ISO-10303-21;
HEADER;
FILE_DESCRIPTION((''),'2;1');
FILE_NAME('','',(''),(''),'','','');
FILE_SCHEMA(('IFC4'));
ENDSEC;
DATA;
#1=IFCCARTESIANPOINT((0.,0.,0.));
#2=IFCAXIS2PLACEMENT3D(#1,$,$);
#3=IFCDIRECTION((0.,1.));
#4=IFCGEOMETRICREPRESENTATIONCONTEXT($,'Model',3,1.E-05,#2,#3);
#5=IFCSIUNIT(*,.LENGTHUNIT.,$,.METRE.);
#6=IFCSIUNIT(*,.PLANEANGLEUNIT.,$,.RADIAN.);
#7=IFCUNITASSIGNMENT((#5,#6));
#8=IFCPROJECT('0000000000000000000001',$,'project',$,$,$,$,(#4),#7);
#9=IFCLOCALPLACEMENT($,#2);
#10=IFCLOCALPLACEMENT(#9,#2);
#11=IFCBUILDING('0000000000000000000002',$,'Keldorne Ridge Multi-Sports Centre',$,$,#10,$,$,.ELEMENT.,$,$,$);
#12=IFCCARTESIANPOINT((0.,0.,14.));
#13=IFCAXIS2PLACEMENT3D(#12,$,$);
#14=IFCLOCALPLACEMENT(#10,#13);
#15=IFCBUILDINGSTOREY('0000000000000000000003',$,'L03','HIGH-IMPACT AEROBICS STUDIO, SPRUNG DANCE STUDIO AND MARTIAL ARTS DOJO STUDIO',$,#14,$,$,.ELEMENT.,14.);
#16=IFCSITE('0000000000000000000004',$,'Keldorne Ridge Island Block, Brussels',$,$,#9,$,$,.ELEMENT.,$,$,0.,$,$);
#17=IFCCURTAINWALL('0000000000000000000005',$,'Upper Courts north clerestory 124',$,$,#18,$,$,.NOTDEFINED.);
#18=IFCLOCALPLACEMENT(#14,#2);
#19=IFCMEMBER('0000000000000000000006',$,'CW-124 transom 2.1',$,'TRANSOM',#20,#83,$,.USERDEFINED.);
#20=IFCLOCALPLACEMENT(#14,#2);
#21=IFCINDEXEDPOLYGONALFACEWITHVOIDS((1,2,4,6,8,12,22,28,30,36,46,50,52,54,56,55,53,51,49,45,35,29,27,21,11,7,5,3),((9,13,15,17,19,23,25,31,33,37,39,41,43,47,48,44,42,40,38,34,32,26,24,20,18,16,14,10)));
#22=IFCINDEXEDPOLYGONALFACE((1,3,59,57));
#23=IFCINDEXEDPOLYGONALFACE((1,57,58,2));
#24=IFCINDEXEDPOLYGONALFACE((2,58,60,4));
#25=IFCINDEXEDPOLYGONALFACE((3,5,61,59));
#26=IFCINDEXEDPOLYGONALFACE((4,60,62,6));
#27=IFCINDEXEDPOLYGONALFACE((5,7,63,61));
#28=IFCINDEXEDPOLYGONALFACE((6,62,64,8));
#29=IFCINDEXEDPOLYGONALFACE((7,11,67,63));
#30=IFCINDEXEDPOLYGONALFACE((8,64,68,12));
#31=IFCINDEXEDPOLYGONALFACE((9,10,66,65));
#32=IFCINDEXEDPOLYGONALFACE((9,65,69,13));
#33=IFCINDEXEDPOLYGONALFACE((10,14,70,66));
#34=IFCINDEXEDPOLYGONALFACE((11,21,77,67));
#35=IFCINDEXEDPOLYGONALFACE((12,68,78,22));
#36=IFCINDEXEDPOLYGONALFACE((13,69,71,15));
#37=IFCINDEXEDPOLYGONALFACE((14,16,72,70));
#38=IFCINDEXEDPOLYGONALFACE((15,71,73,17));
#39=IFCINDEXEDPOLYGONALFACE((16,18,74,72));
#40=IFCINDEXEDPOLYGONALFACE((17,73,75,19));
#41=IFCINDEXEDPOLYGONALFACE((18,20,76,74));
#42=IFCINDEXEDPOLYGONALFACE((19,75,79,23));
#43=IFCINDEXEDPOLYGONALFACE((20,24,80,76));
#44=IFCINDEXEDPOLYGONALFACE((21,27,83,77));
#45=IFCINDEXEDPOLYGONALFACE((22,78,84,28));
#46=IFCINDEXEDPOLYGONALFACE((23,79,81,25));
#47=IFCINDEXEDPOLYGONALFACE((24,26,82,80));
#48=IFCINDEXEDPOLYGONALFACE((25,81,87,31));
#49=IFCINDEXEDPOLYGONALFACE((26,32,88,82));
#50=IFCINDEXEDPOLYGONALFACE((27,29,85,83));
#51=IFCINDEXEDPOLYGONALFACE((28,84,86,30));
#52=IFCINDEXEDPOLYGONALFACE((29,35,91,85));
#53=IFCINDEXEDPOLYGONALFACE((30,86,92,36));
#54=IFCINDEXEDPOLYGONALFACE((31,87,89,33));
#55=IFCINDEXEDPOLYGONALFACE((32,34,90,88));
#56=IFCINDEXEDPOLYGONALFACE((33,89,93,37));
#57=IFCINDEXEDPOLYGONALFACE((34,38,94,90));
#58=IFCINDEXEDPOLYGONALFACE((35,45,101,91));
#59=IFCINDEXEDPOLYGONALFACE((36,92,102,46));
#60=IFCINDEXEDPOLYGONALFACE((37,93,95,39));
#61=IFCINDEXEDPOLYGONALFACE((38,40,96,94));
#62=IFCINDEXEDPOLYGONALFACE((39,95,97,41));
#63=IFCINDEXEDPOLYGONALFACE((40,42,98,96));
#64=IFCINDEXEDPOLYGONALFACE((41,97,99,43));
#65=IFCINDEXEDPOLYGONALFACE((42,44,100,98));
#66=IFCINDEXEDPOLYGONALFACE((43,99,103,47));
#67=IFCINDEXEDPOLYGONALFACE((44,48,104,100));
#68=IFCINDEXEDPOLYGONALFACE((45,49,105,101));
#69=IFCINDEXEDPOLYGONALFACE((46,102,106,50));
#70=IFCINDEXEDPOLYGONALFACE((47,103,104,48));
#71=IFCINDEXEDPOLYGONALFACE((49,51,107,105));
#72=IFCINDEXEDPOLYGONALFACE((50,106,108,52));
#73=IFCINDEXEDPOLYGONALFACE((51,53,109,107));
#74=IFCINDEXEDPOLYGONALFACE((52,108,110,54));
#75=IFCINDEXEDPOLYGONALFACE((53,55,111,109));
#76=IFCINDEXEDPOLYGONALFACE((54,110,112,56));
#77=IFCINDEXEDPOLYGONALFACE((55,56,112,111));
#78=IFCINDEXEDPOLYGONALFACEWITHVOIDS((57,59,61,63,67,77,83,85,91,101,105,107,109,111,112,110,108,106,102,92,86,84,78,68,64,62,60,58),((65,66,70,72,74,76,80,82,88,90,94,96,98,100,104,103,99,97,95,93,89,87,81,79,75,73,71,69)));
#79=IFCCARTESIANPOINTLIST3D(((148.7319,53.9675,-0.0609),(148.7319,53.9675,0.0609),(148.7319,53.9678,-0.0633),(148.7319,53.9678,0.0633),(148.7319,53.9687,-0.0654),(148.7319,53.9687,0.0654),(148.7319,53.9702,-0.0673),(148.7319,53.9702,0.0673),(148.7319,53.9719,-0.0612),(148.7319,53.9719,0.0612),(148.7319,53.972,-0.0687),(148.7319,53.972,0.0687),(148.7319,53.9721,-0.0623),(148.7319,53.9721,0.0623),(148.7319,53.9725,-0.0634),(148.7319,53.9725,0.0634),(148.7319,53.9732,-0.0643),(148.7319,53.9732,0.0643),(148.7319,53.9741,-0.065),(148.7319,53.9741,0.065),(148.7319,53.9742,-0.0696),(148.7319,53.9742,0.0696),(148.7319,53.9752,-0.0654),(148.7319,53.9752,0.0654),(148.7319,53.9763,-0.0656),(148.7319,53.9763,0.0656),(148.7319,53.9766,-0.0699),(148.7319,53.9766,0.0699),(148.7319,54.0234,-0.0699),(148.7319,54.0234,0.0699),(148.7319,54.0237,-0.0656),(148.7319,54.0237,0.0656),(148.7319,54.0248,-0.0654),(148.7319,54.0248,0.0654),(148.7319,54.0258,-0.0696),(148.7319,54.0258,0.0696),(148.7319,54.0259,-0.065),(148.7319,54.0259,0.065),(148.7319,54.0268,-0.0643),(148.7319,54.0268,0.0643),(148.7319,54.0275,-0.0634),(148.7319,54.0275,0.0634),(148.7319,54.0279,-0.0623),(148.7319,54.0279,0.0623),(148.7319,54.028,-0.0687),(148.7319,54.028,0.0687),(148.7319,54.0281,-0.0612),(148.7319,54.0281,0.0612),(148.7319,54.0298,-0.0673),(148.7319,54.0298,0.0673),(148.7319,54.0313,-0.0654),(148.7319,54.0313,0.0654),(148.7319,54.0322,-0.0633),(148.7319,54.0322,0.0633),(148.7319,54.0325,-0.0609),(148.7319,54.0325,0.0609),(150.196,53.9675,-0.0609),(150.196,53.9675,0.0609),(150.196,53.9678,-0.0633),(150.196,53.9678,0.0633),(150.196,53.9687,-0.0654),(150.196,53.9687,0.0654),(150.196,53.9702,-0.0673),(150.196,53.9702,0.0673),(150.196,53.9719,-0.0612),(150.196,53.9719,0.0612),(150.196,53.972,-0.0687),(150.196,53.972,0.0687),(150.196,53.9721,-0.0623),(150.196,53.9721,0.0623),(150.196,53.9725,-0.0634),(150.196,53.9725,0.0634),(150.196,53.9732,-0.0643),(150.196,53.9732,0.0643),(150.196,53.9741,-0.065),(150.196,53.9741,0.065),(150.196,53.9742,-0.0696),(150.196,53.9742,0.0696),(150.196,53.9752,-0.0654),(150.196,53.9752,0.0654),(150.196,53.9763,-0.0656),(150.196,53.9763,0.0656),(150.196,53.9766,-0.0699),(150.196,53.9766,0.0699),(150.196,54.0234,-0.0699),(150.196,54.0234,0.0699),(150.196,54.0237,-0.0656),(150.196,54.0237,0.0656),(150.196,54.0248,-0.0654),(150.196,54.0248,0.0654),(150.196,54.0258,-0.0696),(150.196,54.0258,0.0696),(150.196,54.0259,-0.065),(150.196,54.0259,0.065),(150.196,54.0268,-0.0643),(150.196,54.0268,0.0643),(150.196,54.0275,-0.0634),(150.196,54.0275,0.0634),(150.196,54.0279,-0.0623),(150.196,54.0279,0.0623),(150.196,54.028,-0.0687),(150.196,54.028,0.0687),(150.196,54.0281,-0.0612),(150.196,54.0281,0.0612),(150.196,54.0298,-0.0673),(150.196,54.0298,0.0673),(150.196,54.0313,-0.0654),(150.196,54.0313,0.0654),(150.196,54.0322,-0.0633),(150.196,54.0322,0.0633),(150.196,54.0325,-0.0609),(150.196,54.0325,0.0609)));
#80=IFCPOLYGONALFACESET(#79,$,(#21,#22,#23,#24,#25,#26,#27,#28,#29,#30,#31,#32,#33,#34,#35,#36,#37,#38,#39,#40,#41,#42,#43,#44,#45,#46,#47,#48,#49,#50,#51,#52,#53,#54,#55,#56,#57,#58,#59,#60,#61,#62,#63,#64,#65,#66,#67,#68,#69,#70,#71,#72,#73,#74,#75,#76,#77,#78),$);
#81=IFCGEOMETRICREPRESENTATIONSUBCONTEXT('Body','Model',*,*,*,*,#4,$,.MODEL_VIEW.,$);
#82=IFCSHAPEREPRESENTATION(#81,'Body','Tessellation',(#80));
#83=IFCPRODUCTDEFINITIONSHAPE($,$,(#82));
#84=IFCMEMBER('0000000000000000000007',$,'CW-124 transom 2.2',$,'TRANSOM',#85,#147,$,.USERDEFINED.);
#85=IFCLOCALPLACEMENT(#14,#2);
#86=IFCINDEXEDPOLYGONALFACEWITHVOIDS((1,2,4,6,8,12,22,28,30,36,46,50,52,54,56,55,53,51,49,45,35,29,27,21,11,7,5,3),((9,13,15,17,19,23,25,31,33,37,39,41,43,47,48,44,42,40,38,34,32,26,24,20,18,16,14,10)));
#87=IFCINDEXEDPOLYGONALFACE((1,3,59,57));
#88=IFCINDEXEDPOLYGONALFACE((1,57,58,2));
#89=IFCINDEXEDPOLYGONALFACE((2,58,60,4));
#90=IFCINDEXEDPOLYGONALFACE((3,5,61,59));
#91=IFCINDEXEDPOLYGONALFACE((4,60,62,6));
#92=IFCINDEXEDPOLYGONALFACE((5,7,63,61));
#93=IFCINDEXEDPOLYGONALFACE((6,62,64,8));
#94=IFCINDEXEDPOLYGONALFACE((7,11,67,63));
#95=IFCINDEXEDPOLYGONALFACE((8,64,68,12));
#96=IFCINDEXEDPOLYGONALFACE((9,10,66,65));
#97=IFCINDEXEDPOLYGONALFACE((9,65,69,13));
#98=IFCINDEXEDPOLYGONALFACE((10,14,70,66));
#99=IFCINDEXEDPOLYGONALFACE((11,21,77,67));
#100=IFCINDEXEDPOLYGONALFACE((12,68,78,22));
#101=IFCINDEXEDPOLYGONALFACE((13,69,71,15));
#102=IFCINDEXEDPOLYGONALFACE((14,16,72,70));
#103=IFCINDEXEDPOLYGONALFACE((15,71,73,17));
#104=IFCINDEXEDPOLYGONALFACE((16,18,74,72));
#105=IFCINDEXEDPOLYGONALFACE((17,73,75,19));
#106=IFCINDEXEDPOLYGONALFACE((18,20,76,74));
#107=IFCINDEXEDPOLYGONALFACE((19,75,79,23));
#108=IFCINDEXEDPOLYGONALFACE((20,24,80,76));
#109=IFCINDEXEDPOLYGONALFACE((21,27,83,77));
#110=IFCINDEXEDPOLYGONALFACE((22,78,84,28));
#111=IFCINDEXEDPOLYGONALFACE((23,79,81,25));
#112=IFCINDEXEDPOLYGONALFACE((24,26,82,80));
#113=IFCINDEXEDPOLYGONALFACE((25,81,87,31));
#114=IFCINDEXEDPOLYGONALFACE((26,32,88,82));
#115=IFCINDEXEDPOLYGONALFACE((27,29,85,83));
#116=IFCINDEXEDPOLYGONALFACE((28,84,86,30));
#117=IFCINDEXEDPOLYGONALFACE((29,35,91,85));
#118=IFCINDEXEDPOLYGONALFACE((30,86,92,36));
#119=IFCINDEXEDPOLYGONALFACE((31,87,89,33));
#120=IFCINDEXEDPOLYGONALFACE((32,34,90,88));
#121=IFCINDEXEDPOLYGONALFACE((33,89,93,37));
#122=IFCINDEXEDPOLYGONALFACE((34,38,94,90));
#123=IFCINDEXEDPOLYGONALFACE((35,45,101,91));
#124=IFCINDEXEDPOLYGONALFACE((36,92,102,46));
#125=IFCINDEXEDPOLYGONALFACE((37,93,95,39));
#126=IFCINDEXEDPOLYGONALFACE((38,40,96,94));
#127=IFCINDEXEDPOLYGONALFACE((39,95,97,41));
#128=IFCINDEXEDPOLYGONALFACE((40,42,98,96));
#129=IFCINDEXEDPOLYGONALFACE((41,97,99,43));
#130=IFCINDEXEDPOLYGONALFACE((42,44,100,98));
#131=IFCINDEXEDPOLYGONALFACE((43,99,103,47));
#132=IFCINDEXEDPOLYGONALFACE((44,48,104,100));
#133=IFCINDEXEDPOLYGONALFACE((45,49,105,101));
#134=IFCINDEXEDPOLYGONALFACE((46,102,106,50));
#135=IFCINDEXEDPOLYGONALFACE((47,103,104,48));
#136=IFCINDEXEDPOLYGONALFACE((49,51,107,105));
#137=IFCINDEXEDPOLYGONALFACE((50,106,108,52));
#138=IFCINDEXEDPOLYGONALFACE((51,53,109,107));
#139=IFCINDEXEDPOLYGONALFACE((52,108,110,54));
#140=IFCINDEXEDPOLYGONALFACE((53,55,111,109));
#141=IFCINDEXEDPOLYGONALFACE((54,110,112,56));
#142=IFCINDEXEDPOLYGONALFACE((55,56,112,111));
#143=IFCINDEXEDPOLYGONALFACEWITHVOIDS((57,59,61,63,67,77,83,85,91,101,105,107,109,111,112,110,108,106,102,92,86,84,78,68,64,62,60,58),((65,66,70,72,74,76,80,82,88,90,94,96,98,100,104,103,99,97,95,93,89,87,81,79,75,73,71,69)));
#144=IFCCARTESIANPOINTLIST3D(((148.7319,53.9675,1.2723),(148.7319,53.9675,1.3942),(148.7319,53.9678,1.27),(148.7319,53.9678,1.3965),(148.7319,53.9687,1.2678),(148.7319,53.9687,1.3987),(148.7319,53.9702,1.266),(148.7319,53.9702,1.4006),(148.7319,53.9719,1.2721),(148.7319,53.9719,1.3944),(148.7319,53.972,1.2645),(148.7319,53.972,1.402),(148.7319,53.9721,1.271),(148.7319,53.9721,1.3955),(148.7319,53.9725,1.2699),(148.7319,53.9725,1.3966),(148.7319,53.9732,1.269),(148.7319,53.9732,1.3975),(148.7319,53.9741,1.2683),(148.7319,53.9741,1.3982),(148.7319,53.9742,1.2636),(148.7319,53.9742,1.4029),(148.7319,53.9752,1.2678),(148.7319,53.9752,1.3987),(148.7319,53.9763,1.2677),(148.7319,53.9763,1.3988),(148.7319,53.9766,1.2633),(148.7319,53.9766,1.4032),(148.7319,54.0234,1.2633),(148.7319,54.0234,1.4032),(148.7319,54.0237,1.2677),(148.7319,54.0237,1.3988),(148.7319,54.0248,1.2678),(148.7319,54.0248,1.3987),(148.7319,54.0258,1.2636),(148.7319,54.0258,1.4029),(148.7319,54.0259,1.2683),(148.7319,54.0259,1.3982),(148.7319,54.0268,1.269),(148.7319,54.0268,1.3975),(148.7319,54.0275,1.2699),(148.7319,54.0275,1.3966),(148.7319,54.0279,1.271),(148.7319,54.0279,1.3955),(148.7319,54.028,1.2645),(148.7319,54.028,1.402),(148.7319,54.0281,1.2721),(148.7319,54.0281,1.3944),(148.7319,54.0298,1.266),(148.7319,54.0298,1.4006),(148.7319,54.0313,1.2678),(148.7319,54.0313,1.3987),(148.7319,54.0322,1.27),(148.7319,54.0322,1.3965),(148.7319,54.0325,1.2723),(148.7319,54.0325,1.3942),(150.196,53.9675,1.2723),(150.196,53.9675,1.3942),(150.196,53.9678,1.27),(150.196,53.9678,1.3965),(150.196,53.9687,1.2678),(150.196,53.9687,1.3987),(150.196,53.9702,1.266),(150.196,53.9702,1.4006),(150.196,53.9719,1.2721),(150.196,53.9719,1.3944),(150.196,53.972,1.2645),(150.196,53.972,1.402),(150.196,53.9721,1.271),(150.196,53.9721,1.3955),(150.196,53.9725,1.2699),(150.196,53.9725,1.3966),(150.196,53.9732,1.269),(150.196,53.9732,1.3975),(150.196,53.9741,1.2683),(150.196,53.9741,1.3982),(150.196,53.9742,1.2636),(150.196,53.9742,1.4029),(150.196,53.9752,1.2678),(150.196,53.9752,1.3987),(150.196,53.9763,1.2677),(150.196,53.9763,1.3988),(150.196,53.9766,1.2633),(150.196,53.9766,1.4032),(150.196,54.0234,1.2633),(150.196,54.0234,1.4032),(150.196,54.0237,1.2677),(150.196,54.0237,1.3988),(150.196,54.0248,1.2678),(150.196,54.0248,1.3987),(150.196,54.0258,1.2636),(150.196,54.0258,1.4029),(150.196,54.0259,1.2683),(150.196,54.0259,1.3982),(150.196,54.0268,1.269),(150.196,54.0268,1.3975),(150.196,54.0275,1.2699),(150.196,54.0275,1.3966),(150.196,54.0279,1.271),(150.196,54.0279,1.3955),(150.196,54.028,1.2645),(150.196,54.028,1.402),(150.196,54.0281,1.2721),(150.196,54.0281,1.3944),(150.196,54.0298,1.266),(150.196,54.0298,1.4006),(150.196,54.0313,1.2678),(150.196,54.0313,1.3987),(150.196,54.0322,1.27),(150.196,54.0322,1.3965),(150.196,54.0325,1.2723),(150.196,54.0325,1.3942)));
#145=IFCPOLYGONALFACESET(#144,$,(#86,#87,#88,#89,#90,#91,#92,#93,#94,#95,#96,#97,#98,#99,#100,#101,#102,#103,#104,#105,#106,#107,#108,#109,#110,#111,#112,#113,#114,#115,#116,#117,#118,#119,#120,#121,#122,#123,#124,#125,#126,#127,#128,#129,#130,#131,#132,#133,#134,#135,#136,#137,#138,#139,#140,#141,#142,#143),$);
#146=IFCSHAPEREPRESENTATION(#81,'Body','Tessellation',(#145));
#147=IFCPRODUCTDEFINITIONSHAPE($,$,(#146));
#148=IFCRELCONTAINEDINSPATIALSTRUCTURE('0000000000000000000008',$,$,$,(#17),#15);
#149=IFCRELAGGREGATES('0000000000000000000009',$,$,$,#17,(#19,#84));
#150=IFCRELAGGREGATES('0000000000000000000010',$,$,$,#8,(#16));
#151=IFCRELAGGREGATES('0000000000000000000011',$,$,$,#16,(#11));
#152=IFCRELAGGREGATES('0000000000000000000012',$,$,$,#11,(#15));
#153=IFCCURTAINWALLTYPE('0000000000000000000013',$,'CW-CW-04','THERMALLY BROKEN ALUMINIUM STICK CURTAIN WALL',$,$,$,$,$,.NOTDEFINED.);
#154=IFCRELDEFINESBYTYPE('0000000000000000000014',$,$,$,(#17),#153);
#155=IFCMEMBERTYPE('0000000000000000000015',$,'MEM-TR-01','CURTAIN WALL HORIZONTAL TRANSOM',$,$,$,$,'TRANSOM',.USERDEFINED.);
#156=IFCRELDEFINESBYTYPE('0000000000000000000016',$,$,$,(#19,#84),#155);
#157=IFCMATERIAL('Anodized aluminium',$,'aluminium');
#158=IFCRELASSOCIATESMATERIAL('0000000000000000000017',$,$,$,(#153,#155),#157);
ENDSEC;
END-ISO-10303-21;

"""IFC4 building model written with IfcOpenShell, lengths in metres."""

from ifc_helpers import new_model, si_unit, direction, frame, origin, origin_2d, place, context, subcontext, project, spatial, hollow_rectangle, extrude, material, material_profile, profile_set, type_object, element, aggregate, save


model = new_model("IFC4")

# Units and contexts
model_context = context("Model", 3, precision=1e-05, world=origin(), true_north=direction((0.0, 1.0)))
body_context = subcontext(model_context, "Body", "Model", "MODEL_VIEW")
ifc_project = project(units=[si_unit("LENGTHUNIT", "METRE"), si_unit("PLANEANGLEUNIT", "RADIAN")], contexts=[model_context])

# Site, building, storey
site_placement = place(None, origin())
site = spatial("IfcSite", under=ifc_project, at=site_placement, Name="Keldorne Ridge Island Block, Brussels", CompositionType="ELEMENT", RefElevation=0.0)
building_placement = place(site_placement, origin())
building = spatial("IfcBuilding", under=site, at=building_placement, Name="Keldorne Ridge Multi-Sports Centre", CompositionType="ELEMENT")
storey_placement = place(building_placement, frame((0.0, 0.0, 14.0)))
storey = spatial("IfcBuildingStorey", under=building, at=storey_placement, Name="L03", Description="HIGH-IMPACT AEROBICS STUDIO, SPRUNG DANCE STUDIO AND MARTIAL ARTS DOJO STUDIO", CompositionType="ELEMENT", Elevation=14.0)

# Curtain wall
ifc_material_1 = material(Name="Anodized aluminium", Category="aluminium")
curtain_wall_type = type_object("IfcCurtainWallType", Name="CW-CW-04", Description="THERMALLY BROKEN ALUMINIUM STICK CURTAIN WALL", PredefinedType="NOTDEFINED", material=ifc_material_1)
curtain_wall_placement = place(storey_placement, origin())
curtain_wall = element("IfcCurtainWall", 1, at=curtain_wall_placement, inside=storey, type_object=curtain_wall_type, Name="Upper Courts north clerestory 124", PredefinedType="NOTDEFINED")

# Members
ifc_material_profile_1 = material_profile(ifc_material_1, hollow_rectangle(XDim=0.0649, YDim=0.1399, WallThickness=0.0044, InnerFilletRadius=0.0044, OuterFilletRadius=0.009, at=origin_2d()), Name="ALU TRANSOM 140x65x4.5")
ifc_profile_set_1 = profile_set([ifc_material_profile_1], Name="Anodized aluminium")
member_type_1 = type_object("IfcMemberType", Name="MEM-TR-01", Description="CURTAIN WALL HORIZONTAL TRANSOM", ElementType="TRANSOM", PredefinedType="USERDEFINED", material=ifc_profile_set_1)
member_1_placement = place(storey_placement, frame((150.196, 54.0, 0.0), z_axis=(-1.0, 0.0, 0.0), x_axis=(0.0, -1.0, 0.0)))
member_1 = element("IfcMember", 2, at=member_1_placement, type_object=member_type_1, Name="CW-124 transom 2.1", ObjectType="TRANSOM", PredefinedType="USERDEFINED", context=body_context, shape_type="SweptSolid", body=[
    extrude(hollow_rectangle(XDim=0.0649, YDim=0.1399, WallThickness=0.0044, InnerFilletRadius=0.0044, OuterFilletRadius=0.009, at=origin_2d()), origin(), (0.0, 0.0, 1.0), 1.4641),
])
member_2_placement = place(storey_placement, frame((150.196, 54.0, 1.3333), z_axis=(-1.0, 0.0, 0.0), x_axis=(0.0, -1.0, 0.0)))
member_2 = element("IfcMember", 3, at=member_2_placement, type_object=member_type_1, Name="CW-124 transom 2.2", ObjectType="TRANSOM", PredefinedType="USERDEFINED", context=body_context, shape_type="SweptSolid", body=[
    extrude(hollow_rectangle(XDim=0.0649, YDim=0.1399, WallThickness=0.0044, InnerFilletRadius=0.0044, OuterFilletRadius=0.009, at=origin_2d()), origin(), (0.0, 0.0, 1.0), 1.4641),
])

aggregate(curtain_wall, [member_1, member_2])

save(model, "model.ifc")
